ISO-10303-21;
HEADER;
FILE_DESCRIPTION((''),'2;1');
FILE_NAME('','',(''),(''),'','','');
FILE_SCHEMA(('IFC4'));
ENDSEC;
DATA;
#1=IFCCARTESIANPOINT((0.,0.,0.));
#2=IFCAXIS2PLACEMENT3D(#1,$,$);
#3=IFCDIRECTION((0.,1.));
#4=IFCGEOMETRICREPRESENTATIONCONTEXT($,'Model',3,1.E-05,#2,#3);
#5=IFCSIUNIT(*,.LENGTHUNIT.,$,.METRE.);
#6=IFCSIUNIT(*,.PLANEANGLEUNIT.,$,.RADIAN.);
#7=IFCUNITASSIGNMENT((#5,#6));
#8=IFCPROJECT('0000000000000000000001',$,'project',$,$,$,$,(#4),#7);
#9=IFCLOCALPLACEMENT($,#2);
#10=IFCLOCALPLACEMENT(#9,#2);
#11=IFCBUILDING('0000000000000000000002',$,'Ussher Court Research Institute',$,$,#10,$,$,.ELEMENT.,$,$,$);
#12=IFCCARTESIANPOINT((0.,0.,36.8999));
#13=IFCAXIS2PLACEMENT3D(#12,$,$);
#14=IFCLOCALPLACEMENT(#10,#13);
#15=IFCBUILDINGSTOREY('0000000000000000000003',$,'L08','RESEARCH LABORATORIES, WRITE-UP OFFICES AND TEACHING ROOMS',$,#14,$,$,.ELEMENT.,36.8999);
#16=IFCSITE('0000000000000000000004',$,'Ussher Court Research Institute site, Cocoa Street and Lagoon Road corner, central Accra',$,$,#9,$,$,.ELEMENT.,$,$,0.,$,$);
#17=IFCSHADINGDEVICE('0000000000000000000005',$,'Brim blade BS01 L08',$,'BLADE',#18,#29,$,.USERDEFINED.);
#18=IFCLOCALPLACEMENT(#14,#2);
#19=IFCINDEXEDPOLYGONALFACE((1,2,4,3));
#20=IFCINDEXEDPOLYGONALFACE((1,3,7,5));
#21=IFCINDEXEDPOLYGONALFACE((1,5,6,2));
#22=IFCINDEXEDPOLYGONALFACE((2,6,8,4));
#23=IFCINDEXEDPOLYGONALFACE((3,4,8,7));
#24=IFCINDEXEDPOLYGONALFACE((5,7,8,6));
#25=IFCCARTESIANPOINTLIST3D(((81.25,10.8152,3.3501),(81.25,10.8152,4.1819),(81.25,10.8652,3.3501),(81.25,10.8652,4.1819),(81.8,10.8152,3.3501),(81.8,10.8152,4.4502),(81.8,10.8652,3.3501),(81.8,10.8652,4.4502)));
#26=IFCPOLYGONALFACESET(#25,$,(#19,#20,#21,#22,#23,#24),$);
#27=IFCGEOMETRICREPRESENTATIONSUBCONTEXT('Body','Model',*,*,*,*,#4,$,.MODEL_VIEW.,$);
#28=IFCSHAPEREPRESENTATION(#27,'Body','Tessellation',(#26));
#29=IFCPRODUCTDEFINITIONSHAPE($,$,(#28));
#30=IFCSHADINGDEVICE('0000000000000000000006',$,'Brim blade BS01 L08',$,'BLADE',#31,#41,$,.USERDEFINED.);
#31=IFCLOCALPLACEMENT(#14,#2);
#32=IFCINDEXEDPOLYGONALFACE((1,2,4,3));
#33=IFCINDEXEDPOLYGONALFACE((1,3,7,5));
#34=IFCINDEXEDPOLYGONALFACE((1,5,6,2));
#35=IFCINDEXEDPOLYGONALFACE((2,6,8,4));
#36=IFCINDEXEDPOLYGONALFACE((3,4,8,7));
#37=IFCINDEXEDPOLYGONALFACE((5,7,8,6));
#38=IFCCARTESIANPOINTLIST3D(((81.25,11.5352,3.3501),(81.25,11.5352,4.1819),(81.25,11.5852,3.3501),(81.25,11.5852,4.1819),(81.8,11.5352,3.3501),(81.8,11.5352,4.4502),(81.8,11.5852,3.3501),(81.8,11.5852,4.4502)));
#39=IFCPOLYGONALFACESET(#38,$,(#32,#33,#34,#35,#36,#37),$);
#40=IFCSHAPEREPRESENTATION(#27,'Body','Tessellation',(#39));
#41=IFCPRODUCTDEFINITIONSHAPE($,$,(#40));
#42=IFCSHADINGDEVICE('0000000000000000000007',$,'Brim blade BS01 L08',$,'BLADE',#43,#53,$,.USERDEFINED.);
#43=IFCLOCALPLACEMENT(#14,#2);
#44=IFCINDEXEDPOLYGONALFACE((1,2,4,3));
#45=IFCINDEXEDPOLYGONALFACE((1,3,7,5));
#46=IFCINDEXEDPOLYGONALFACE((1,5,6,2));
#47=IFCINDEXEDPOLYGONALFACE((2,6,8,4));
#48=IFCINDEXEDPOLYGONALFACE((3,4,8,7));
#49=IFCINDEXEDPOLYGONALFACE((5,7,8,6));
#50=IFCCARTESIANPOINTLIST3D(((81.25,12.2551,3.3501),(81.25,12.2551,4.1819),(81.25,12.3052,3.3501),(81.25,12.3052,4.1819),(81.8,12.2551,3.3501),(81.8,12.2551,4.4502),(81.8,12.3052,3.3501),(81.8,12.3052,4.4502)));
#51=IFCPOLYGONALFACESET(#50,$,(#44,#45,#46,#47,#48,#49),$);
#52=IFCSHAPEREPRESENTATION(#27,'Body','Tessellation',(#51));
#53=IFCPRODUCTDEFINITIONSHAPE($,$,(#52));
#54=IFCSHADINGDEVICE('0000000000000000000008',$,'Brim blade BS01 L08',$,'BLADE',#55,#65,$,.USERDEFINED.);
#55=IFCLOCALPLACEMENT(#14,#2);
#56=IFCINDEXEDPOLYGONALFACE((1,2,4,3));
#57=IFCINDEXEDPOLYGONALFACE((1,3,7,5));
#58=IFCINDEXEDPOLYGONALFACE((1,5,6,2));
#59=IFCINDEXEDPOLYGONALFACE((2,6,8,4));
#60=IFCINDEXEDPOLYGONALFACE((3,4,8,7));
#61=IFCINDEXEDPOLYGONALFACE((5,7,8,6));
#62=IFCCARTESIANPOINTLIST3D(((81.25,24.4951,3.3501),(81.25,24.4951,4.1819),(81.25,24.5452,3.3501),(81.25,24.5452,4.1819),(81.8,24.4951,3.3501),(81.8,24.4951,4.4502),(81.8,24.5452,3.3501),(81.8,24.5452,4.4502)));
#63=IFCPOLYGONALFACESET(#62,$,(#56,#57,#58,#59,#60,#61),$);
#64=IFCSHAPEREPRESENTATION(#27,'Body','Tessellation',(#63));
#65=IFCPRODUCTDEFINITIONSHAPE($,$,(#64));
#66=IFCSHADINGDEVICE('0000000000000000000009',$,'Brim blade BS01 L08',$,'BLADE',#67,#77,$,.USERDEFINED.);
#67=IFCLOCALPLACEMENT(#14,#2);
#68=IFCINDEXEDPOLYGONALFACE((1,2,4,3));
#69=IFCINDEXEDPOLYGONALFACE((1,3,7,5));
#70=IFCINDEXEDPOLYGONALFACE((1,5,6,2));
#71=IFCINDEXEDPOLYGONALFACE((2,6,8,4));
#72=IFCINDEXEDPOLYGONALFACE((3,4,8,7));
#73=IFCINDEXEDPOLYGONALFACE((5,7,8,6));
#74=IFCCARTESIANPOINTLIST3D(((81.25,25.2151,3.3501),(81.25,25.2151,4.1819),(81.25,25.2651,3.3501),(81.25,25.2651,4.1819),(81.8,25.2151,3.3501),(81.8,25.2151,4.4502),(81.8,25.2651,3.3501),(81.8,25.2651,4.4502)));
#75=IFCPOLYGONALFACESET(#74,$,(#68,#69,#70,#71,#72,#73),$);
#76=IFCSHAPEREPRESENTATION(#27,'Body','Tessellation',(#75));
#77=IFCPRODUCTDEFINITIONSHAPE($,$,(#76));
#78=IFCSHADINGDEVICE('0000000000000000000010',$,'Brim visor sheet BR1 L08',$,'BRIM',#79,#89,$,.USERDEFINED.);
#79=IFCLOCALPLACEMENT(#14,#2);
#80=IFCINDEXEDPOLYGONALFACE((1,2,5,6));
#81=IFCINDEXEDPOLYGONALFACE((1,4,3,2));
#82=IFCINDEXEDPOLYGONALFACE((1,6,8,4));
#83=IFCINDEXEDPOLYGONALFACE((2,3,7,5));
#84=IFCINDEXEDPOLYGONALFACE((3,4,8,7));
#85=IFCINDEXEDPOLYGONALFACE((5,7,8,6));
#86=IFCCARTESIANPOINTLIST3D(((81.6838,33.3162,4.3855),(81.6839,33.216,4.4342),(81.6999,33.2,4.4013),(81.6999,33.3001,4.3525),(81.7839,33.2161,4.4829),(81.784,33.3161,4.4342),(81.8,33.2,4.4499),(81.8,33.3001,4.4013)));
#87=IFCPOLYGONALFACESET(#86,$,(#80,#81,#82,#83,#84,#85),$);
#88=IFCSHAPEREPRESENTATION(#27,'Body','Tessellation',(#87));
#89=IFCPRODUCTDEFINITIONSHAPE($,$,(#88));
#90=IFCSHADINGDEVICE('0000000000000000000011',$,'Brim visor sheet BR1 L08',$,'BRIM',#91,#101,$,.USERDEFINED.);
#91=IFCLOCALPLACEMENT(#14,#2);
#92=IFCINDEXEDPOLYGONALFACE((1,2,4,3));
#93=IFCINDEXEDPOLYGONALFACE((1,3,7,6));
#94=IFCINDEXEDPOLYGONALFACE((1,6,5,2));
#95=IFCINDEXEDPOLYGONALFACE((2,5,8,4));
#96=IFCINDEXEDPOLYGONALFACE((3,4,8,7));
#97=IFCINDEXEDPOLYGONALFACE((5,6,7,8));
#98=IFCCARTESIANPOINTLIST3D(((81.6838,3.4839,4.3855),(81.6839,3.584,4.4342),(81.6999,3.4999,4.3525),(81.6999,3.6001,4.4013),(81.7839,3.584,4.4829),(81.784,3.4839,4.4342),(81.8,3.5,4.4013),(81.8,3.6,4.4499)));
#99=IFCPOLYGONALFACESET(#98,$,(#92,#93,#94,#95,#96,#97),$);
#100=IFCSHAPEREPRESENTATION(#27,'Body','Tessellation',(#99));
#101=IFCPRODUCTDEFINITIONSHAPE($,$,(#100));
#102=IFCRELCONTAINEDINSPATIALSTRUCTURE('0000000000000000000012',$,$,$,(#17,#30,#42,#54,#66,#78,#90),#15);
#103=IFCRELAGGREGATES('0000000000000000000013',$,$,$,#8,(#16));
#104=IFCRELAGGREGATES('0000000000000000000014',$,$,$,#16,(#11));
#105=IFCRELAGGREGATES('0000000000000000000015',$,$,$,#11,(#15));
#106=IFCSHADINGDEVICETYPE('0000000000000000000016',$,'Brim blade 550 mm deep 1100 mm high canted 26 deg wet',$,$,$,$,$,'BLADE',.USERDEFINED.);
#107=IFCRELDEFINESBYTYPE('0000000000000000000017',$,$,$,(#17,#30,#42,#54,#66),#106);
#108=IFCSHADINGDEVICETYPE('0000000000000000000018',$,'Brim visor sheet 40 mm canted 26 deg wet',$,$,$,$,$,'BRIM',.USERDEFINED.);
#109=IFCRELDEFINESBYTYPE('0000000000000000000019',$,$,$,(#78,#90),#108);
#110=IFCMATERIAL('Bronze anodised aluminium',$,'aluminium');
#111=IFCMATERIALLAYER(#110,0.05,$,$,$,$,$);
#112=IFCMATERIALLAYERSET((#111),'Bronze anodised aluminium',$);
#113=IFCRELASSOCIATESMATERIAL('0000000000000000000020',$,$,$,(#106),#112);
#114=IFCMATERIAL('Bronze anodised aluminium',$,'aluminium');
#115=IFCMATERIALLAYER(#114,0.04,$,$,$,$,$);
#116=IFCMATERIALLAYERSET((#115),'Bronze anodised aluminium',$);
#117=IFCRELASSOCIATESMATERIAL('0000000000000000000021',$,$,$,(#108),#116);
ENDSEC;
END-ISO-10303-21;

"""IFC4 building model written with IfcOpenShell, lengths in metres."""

from ifc_helpers import new_model, si_unit, direction, frame, origin, place, context, subcontext, project, spatial, polyline, outline, extrude, material, layer, layer_set, type_object, element, save


model = new_model("IFC4")

# Units and contexts
model_context = context("Model", 3, precision=1e-05, world=origin(), true_north=direction((0.0, 1.0)))
body_context = subcontext(model_context, "Body", "Model", "MODEL_VIEW")
ifc_project = project(units=[si_unit("LENGTHUNIT", "METRE"), si_unit("PLANEANGLEUNIT", "RADIAN")], contexts=[model_context])

# Site, building, storey
site_placement = place(None, origin())
site = spatial("IfcSite", under=ifc_project, at=site_placement, Name="Ussher Court Research Institute site, Cocoa Street and Lagoon Road corner, central Accra", CompositionType="ELEMENT", RefElevation=0.0)
building_placement = place(site_placement, origin())
building = spatial("IfcBuilding", under=site, at=building_placement, Name="Ussher Court Research Institute", CompositionType="ELEMENT")
storey_placement = place(building_placement, frame((0.0, 0.0, 36.8999)))
storey = spatial("IfcBuildingStorey", under=building, at=storey_placement, Name="L08", Description="RESEARCH LABORATORIES, WRITE-UP OFFICES AND TEACHING ROOMS", CompositionType="ELEMENT", Elevation=36.8999)

# Shading devices
ifc_material_1 = material(Name="Bronze anodised aluminium", Category="aluminium")
ifc_layer_1 = layer(ifc_material_1, 0.05)
ifc_layer_set_1 = layer_set([ifc_layer_1], Name="Bronze anodised aluminium")
shading_device_type_1 = type_object("IfcShadingDeviceType", Name="Brim blade 550 mm deep 1100 mm high canted 26 deg wet", ElementType="BLADE", PredefinedType="USERDEFINED", material=ifc_layer_set_1)
for number, where, z_axis, x_axis, name in (
    (1, (81.8, 10.8401, 3.3501), (0.0, 0.0, 1.0), (-1.0, 0.0, 0.0), "Brim blade BS01 L08"),
    (2, (81.8, 11.5601, 3.3501), (0.0, 0.0, 1.0), (-1.0, 0.0, 0.0), "Brim blade BS01 L08"),
    (3, (81.8, 12.28, 3.3501), (0.0, 0.0, 1.0), (-1.0, 0.0, 0.0), "Brim blade BS01 L08"),
    (4, (81.8, 24.52, 3.3501), (0.0, 0.0, 1.0), (-1.0, 0.0, 0.0), "Brim blade BS01 L08"),
    (5, (81.8, 25.24, 3.3501), (0.0, 0.0, 1.0), (-1.0, 0.0, 0.0), "Brim blade BS01 L08"),
):
    element("IfcShadingDevice", number, at=place(storey_placement, frame(where, z_axis=z_axis, x_axis=x_axis)), inside=storey, type_object=shading_device_type_1, Name=name, ObjectType="BLADE", PredefinedType="USERDEFINED", context=body_context, shape_type="SweptSolid", body=[
        extrude(outline(polyline([(0.0, 0.0), (0.55, 0.0), (0.55, 0.8318), (0.0, 1.1001), (0.0, 0.0)])), frame((0.0, 0.0249, 0.0), z_axis=(0.0, -1.0, 0.0), x_axis=(1.0, 0.0, 0.0)), (0.0, 0.0, 1.0), 0.05),
    ])
ifc_material_2 = material(Name="Bronze anodised aluminium", Category="aluminium")
ifc_layer_2 = layer(ifc_material_2, 0.04)
ifc_layer_set_2 = layer_set([ifc_layer_2], Name="Bronze anodised aluminium")
shading_device_type_2 = type_object("IfcShadingDeviceType", Name="Brim visor sheet 40 mm canted 26 deg wet", ElementType="BRIM", PredefinedType="USERDEFINED", material=ifc_layer_set_2)
for number, where, z_axis, x_axis, name in (
    (6, (81.7839, 33.2161, 4.4829), (-0.400848, 0.400848, 0.823797), (0.000362, 0.899269, -0.437395), "Brim visor sheet BR1 L08"),
    (7, (81.7839, 3.584, 4.4829), (-0.400848, -0.400848, 0.823797), (-0.899269, 0.000362, -0.437395), "Brim visor sheet BR1 L08"),
):
    element("IfcShadingDevice", number, at=place(storey_placement, frame(where, z_axis=z_axis, x_axis=x_axis)), inside=storey, type_object=shading_device_type_2, Name=name, ObjectType="BRIM", PredefinedType="USERDEFINED", context=body_context, shape_type="SweptSolid", body=[
        extrude(outline(polyline([(0.0, 0.0), (0.1113, 0.0), (0.1326, 0.1093), (0.0212, 0.1092), (0.0, 0.0)])), origin(), (0.0, 0.0, -1.0), 0.04),
    ])

save(model, "model.ifc")
